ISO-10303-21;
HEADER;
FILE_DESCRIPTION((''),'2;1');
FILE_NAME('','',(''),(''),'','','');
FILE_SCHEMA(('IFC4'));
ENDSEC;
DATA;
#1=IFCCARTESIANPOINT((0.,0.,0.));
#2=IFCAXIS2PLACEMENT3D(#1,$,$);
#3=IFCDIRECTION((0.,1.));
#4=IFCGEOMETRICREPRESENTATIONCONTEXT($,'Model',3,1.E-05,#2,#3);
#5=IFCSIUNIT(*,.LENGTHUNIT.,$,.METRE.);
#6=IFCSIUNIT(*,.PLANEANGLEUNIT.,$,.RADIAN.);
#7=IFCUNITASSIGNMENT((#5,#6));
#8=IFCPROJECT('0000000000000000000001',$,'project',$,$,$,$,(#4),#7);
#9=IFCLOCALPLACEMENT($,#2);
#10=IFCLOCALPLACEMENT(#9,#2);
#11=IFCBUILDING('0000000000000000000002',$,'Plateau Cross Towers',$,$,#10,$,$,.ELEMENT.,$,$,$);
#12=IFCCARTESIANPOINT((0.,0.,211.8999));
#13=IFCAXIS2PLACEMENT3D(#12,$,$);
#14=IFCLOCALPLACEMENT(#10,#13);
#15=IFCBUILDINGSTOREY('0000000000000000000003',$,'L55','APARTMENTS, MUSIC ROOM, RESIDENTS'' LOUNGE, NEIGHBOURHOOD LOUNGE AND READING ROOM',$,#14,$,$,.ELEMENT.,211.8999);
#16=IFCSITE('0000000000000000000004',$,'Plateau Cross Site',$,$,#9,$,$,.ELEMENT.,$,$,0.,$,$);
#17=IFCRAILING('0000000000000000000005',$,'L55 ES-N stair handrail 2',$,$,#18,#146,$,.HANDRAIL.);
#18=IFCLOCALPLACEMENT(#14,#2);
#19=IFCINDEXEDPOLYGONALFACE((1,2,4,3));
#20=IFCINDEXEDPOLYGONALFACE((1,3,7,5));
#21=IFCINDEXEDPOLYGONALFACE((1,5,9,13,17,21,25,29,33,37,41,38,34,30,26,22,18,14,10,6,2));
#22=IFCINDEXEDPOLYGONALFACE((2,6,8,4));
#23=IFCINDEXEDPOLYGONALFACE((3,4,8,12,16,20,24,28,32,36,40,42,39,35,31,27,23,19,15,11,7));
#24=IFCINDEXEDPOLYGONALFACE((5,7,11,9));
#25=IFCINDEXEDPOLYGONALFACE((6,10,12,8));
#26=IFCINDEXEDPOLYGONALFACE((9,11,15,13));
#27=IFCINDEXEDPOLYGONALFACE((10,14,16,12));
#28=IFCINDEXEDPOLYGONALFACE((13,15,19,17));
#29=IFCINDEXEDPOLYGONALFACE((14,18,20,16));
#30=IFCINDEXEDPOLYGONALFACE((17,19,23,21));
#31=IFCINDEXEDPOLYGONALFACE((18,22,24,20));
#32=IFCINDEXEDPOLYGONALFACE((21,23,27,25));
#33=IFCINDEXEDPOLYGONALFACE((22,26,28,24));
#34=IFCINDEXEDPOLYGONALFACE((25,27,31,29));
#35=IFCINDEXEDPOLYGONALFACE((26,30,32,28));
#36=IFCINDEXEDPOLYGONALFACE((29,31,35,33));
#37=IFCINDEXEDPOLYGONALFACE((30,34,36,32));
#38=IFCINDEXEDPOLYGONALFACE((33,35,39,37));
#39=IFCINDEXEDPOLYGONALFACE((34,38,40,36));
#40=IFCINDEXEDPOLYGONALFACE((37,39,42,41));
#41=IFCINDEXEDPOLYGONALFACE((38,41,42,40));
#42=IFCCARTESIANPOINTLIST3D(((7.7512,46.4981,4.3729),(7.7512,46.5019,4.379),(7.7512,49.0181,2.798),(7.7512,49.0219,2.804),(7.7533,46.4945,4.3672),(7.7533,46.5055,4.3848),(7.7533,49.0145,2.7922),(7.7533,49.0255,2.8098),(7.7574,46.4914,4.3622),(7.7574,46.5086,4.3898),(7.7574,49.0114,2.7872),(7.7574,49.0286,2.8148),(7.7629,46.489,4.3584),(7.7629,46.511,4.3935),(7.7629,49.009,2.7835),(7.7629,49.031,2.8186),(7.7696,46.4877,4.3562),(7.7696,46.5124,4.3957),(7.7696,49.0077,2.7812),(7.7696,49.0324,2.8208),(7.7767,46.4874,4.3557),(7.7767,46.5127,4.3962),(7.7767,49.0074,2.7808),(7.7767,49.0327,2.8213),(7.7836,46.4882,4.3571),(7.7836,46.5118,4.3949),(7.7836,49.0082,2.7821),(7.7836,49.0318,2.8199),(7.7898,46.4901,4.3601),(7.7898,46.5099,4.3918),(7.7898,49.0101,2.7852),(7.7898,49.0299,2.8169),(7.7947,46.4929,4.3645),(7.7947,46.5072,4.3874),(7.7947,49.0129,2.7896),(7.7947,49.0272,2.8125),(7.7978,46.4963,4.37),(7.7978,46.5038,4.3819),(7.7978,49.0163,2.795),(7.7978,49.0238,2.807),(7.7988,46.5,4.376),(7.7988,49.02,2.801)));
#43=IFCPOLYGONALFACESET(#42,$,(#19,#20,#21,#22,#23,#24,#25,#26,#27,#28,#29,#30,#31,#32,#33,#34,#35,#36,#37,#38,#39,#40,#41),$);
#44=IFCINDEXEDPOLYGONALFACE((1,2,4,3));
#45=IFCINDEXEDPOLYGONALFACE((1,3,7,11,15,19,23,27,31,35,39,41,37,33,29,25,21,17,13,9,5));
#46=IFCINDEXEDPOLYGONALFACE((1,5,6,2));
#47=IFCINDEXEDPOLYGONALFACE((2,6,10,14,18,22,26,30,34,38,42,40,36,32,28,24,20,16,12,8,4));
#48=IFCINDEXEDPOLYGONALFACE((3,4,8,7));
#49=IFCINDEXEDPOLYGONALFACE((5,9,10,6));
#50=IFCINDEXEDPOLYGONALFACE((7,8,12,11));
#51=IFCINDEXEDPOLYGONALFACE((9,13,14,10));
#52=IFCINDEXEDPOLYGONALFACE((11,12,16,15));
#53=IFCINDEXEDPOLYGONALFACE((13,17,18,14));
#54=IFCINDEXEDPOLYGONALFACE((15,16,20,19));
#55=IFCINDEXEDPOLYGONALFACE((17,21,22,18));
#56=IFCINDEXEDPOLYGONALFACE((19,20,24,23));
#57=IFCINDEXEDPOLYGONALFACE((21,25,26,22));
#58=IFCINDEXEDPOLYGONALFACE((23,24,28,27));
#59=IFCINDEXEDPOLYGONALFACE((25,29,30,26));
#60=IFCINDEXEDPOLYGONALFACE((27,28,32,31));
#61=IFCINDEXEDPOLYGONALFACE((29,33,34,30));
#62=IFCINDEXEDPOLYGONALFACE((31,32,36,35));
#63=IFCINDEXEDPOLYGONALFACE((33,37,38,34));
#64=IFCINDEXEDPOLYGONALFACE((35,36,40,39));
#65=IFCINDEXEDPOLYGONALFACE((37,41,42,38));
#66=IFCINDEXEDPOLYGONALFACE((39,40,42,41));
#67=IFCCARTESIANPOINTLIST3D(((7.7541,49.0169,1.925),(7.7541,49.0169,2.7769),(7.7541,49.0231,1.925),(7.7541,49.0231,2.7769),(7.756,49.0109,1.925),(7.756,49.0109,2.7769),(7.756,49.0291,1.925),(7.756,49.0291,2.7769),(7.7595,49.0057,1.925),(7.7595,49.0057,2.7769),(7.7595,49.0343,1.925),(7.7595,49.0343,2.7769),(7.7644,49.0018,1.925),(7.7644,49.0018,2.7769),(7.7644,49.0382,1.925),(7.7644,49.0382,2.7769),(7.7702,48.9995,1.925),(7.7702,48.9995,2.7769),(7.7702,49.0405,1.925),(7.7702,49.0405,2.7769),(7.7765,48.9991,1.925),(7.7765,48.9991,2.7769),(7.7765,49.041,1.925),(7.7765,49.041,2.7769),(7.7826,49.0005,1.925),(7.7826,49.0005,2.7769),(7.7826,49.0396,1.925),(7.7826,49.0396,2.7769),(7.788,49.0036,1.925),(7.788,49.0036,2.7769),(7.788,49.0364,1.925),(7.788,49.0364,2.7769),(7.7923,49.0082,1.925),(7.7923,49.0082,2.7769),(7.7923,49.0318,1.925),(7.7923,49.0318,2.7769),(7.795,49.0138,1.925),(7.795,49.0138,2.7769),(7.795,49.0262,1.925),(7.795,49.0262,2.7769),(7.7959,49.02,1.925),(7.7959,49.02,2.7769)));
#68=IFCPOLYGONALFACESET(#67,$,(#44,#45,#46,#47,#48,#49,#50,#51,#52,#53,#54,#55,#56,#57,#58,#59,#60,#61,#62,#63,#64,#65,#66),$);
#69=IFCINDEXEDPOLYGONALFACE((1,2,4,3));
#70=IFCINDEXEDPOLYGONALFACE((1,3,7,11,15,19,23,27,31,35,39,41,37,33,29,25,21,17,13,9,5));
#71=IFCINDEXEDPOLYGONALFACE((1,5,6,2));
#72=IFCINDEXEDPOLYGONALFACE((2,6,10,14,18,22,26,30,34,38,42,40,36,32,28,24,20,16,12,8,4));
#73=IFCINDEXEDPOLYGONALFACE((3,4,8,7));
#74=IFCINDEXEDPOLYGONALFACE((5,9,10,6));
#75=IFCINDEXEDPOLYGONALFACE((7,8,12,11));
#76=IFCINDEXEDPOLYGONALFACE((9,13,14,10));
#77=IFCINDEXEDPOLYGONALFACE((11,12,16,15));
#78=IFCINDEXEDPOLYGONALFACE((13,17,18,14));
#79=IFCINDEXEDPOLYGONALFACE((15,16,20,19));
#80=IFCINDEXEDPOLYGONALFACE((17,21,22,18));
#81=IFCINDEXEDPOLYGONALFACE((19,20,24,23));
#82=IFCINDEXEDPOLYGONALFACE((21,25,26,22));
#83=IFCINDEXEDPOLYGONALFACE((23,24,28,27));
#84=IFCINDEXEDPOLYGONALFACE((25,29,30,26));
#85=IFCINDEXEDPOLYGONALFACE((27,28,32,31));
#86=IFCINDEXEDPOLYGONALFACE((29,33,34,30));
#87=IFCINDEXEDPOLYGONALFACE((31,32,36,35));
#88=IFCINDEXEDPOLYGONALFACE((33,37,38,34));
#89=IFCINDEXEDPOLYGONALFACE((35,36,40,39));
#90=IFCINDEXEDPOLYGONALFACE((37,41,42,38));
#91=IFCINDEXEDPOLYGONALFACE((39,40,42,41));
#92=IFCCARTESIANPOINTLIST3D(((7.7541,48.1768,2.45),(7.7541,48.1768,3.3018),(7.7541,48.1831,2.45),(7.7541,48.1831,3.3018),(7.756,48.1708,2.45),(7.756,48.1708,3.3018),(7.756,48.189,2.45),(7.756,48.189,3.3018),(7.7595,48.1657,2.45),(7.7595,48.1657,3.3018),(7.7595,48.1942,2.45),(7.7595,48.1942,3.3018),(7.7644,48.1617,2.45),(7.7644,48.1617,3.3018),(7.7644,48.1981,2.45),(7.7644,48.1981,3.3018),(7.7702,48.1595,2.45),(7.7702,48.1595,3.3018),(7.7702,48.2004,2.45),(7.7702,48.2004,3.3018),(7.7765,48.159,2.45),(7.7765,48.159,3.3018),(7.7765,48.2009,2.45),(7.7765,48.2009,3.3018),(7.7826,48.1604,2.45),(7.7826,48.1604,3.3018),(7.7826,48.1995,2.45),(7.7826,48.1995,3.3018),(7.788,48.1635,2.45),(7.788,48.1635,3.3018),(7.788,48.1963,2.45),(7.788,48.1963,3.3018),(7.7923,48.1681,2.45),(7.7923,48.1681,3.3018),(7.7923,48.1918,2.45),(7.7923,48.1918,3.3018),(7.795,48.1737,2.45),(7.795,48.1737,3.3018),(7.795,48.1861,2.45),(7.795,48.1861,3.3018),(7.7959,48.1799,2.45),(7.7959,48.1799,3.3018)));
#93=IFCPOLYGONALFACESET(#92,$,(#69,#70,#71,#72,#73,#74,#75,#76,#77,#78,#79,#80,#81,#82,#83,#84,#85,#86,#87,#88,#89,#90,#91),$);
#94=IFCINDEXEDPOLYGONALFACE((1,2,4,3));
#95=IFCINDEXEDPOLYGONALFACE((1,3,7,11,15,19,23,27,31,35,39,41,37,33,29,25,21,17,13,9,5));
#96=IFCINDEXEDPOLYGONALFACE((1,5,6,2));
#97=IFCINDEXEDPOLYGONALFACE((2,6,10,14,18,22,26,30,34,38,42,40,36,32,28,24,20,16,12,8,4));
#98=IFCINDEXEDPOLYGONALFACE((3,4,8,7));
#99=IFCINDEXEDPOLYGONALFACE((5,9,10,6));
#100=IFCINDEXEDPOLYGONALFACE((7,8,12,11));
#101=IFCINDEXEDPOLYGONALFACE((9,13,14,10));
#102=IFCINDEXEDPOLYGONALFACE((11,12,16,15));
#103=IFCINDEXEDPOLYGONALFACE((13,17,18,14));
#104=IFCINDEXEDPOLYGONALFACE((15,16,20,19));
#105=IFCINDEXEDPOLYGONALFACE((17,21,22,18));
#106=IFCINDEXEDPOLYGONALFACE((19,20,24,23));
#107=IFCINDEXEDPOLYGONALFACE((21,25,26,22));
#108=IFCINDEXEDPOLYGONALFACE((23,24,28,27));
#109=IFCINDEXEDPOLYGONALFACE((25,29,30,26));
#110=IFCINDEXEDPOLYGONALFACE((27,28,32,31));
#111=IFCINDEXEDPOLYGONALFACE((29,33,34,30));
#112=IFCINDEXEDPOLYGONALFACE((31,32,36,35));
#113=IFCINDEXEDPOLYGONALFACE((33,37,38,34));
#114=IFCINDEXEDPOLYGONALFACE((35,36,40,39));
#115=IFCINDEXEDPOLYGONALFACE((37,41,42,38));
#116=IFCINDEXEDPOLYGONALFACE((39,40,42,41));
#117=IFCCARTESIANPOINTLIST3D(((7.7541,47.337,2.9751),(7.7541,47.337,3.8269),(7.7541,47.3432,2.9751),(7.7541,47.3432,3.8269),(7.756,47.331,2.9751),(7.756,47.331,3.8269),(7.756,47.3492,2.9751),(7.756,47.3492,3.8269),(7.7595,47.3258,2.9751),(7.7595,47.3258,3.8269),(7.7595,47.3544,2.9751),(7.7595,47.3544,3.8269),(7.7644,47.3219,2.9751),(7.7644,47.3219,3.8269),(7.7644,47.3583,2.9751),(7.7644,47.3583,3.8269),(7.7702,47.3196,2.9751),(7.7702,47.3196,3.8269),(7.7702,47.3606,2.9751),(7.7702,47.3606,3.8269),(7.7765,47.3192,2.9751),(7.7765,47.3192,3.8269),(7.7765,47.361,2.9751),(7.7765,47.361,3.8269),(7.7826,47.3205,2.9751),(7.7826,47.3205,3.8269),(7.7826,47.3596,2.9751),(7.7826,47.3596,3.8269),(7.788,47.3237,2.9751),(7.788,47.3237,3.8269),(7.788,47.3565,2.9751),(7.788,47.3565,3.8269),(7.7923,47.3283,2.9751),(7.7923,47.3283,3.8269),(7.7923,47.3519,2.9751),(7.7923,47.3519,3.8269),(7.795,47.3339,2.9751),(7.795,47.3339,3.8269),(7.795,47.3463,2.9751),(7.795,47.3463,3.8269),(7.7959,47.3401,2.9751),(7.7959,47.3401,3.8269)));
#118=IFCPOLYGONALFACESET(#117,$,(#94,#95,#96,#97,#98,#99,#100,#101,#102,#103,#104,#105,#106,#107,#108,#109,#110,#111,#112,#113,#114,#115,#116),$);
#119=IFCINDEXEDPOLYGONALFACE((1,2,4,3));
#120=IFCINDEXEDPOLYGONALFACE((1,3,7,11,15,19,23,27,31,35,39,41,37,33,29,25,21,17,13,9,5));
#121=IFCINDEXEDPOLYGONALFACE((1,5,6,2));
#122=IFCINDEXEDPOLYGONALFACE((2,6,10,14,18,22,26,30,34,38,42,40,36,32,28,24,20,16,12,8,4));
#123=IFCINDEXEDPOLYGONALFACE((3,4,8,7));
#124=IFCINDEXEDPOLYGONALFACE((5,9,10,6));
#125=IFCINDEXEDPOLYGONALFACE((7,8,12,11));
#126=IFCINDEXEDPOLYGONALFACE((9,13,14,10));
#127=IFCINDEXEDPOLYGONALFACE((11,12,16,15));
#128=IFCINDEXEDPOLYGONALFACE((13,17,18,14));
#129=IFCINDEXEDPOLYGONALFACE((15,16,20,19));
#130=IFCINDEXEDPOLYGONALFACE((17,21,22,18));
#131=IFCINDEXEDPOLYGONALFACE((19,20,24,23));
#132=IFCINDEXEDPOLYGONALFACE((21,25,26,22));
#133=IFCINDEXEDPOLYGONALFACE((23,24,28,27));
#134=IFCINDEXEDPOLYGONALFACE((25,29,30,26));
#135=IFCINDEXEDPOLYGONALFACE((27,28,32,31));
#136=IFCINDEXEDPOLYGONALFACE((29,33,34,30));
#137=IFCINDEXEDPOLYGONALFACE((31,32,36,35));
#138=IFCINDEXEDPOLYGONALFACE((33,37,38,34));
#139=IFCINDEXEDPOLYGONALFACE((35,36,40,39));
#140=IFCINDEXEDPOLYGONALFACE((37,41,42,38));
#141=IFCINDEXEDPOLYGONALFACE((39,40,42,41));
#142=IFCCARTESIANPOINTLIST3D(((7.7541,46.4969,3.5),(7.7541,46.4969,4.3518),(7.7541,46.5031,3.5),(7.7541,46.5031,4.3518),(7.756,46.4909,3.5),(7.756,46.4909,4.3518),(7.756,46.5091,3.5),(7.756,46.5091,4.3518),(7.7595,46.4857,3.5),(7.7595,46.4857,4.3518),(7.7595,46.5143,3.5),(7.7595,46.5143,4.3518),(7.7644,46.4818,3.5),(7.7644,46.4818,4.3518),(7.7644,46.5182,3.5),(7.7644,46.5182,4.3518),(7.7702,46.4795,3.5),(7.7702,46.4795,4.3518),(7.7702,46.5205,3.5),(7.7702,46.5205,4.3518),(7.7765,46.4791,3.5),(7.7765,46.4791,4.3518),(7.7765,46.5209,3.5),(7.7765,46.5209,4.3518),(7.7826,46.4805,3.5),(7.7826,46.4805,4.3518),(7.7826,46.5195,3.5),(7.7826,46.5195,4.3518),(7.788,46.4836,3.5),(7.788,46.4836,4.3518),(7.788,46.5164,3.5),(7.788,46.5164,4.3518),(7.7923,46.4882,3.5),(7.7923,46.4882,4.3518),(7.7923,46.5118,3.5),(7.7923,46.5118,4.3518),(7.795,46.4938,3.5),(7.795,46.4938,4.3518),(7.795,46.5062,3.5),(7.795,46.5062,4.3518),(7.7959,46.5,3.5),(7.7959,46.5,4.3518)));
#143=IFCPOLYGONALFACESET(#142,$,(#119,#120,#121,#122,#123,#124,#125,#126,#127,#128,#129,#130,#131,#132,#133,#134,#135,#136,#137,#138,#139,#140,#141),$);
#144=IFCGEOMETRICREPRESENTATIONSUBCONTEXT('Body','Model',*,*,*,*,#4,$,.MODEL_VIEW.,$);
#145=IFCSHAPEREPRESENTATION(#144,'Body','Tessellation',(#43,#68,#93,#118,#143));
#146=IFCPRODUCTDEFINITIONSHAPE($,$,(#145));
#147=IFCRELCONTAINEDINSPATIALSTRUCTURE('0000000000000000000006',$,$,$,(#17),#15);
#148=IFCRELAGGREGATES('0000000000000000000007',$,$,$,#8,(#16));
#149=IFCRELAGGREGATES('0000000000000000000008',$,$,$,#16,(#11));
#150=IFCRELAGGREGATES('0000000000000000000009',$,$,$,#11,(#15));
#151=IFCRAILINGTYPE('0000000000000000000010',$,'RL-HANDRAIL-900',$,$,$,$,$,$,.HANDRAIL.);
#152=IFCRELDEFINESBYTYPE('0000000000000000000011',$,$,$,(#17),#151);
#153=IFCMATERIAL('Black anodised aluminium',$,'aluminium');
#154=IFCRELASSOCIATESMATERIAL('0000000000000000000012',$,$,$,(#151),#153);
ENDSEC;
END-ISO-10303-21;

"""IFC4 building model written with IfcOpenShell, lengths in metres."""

from ifc_helpers import new_model, si_unit, direction, frame, origin, origin_2d, place, context, subcontext, project, spatial, circle, extrude, material, type_object, element, save


model = new_model("IFC4")

# Units and contexts
model_context = context("Model", 3, precision=1e-05, world=origin(), true_north=direction((0.0, 1.0)))
body_context = subcontext(model_context, "Body", "Model", "MODEL_VIEW")
ifc_project = project(units=[si_unit("LENGTHUNIT", "METRE"), si_unit("PLANEANGLEUNIT", "RADIAN")], contexts=[model_context])

# Site, building, storey
site_placement = place(None, origin())
site = spatial("IfcSite", under=ifc_project, at=site_placement, Name="Plateau Cross Site", CompositionType="ELEMENT", RefElevation=0.0)
building_placement = place(site_placement, origin())
building = spatial("IfcBuilding", under=site, at=building_placement, Name="Plateau Cross Towers", CompositionType="ELEMENT")
storey_placement = place(building_placement, frame((0.0, 0.0, 211.8999)))
storey = spatial("IfcBuildingStorey", under=building, at=storey_placement, Name="L55", Description="APARTMENTS, MUSIC ROOM, RESIDENTS' LOUNGE, NEIGHBOURHOOD LOUNGE AND READING ROOM", CompositionType="ELEMENT", Elevation=211.8999)

# Shared definitions
ifc_material_1 = material(Name="Black anodised aluminium", Category="aluminium")

# Railing
railing_type_1 = type_object("IfcRailingType", Name="RL-HANDRAIL-900", PredefinedType="HANDRAIL", material=ifc_material_1)
railing_1_placement = place(storey_placement, frame((7.7749, 49.02, 1.925)))
element("IfcRailing", 1, at=railing_1_placement, inside=storey, type_object=railing_type_1, Name="L55 ES-N stair handrail 2", PredefinedType="HANDRAIL", context=body_context, shape_type="SweptSolid", body=[
    extrude(circle(Radius=0.0239, at=origin_2d()), frame((0.0, 0.0, 0.876), z_axis=(0.0, -0.848008, 0.529984), x_axis=(1.0, 0.0, 0.0)), (0.0, 0.0, 1.0), 2.9717),
    extrude(circle(Radius=0.021, at=origin_2d()), origin(), (0.0, 0.0, 1.0), 0.8518),
    extrude(circle(Radius=0.021, at=origin_2d()), frame((0.0, -0.8401, 0.5249)), (0.0, 0.0, 1.0), 0.8518),
    extrude(circle(Radius=0.021, at=origin_2d()), frame((0.0, -1.6799, 1.05)), (0.0, 0.0, 1.0), 0.8518),
    extrude(circle(Radius=0.021, at=origin_2d()), frame((0.0, -2.52, 1.575)), (0.0, 0.0, 1.0), 0.8518),
])

save(model, "model.ifc")
